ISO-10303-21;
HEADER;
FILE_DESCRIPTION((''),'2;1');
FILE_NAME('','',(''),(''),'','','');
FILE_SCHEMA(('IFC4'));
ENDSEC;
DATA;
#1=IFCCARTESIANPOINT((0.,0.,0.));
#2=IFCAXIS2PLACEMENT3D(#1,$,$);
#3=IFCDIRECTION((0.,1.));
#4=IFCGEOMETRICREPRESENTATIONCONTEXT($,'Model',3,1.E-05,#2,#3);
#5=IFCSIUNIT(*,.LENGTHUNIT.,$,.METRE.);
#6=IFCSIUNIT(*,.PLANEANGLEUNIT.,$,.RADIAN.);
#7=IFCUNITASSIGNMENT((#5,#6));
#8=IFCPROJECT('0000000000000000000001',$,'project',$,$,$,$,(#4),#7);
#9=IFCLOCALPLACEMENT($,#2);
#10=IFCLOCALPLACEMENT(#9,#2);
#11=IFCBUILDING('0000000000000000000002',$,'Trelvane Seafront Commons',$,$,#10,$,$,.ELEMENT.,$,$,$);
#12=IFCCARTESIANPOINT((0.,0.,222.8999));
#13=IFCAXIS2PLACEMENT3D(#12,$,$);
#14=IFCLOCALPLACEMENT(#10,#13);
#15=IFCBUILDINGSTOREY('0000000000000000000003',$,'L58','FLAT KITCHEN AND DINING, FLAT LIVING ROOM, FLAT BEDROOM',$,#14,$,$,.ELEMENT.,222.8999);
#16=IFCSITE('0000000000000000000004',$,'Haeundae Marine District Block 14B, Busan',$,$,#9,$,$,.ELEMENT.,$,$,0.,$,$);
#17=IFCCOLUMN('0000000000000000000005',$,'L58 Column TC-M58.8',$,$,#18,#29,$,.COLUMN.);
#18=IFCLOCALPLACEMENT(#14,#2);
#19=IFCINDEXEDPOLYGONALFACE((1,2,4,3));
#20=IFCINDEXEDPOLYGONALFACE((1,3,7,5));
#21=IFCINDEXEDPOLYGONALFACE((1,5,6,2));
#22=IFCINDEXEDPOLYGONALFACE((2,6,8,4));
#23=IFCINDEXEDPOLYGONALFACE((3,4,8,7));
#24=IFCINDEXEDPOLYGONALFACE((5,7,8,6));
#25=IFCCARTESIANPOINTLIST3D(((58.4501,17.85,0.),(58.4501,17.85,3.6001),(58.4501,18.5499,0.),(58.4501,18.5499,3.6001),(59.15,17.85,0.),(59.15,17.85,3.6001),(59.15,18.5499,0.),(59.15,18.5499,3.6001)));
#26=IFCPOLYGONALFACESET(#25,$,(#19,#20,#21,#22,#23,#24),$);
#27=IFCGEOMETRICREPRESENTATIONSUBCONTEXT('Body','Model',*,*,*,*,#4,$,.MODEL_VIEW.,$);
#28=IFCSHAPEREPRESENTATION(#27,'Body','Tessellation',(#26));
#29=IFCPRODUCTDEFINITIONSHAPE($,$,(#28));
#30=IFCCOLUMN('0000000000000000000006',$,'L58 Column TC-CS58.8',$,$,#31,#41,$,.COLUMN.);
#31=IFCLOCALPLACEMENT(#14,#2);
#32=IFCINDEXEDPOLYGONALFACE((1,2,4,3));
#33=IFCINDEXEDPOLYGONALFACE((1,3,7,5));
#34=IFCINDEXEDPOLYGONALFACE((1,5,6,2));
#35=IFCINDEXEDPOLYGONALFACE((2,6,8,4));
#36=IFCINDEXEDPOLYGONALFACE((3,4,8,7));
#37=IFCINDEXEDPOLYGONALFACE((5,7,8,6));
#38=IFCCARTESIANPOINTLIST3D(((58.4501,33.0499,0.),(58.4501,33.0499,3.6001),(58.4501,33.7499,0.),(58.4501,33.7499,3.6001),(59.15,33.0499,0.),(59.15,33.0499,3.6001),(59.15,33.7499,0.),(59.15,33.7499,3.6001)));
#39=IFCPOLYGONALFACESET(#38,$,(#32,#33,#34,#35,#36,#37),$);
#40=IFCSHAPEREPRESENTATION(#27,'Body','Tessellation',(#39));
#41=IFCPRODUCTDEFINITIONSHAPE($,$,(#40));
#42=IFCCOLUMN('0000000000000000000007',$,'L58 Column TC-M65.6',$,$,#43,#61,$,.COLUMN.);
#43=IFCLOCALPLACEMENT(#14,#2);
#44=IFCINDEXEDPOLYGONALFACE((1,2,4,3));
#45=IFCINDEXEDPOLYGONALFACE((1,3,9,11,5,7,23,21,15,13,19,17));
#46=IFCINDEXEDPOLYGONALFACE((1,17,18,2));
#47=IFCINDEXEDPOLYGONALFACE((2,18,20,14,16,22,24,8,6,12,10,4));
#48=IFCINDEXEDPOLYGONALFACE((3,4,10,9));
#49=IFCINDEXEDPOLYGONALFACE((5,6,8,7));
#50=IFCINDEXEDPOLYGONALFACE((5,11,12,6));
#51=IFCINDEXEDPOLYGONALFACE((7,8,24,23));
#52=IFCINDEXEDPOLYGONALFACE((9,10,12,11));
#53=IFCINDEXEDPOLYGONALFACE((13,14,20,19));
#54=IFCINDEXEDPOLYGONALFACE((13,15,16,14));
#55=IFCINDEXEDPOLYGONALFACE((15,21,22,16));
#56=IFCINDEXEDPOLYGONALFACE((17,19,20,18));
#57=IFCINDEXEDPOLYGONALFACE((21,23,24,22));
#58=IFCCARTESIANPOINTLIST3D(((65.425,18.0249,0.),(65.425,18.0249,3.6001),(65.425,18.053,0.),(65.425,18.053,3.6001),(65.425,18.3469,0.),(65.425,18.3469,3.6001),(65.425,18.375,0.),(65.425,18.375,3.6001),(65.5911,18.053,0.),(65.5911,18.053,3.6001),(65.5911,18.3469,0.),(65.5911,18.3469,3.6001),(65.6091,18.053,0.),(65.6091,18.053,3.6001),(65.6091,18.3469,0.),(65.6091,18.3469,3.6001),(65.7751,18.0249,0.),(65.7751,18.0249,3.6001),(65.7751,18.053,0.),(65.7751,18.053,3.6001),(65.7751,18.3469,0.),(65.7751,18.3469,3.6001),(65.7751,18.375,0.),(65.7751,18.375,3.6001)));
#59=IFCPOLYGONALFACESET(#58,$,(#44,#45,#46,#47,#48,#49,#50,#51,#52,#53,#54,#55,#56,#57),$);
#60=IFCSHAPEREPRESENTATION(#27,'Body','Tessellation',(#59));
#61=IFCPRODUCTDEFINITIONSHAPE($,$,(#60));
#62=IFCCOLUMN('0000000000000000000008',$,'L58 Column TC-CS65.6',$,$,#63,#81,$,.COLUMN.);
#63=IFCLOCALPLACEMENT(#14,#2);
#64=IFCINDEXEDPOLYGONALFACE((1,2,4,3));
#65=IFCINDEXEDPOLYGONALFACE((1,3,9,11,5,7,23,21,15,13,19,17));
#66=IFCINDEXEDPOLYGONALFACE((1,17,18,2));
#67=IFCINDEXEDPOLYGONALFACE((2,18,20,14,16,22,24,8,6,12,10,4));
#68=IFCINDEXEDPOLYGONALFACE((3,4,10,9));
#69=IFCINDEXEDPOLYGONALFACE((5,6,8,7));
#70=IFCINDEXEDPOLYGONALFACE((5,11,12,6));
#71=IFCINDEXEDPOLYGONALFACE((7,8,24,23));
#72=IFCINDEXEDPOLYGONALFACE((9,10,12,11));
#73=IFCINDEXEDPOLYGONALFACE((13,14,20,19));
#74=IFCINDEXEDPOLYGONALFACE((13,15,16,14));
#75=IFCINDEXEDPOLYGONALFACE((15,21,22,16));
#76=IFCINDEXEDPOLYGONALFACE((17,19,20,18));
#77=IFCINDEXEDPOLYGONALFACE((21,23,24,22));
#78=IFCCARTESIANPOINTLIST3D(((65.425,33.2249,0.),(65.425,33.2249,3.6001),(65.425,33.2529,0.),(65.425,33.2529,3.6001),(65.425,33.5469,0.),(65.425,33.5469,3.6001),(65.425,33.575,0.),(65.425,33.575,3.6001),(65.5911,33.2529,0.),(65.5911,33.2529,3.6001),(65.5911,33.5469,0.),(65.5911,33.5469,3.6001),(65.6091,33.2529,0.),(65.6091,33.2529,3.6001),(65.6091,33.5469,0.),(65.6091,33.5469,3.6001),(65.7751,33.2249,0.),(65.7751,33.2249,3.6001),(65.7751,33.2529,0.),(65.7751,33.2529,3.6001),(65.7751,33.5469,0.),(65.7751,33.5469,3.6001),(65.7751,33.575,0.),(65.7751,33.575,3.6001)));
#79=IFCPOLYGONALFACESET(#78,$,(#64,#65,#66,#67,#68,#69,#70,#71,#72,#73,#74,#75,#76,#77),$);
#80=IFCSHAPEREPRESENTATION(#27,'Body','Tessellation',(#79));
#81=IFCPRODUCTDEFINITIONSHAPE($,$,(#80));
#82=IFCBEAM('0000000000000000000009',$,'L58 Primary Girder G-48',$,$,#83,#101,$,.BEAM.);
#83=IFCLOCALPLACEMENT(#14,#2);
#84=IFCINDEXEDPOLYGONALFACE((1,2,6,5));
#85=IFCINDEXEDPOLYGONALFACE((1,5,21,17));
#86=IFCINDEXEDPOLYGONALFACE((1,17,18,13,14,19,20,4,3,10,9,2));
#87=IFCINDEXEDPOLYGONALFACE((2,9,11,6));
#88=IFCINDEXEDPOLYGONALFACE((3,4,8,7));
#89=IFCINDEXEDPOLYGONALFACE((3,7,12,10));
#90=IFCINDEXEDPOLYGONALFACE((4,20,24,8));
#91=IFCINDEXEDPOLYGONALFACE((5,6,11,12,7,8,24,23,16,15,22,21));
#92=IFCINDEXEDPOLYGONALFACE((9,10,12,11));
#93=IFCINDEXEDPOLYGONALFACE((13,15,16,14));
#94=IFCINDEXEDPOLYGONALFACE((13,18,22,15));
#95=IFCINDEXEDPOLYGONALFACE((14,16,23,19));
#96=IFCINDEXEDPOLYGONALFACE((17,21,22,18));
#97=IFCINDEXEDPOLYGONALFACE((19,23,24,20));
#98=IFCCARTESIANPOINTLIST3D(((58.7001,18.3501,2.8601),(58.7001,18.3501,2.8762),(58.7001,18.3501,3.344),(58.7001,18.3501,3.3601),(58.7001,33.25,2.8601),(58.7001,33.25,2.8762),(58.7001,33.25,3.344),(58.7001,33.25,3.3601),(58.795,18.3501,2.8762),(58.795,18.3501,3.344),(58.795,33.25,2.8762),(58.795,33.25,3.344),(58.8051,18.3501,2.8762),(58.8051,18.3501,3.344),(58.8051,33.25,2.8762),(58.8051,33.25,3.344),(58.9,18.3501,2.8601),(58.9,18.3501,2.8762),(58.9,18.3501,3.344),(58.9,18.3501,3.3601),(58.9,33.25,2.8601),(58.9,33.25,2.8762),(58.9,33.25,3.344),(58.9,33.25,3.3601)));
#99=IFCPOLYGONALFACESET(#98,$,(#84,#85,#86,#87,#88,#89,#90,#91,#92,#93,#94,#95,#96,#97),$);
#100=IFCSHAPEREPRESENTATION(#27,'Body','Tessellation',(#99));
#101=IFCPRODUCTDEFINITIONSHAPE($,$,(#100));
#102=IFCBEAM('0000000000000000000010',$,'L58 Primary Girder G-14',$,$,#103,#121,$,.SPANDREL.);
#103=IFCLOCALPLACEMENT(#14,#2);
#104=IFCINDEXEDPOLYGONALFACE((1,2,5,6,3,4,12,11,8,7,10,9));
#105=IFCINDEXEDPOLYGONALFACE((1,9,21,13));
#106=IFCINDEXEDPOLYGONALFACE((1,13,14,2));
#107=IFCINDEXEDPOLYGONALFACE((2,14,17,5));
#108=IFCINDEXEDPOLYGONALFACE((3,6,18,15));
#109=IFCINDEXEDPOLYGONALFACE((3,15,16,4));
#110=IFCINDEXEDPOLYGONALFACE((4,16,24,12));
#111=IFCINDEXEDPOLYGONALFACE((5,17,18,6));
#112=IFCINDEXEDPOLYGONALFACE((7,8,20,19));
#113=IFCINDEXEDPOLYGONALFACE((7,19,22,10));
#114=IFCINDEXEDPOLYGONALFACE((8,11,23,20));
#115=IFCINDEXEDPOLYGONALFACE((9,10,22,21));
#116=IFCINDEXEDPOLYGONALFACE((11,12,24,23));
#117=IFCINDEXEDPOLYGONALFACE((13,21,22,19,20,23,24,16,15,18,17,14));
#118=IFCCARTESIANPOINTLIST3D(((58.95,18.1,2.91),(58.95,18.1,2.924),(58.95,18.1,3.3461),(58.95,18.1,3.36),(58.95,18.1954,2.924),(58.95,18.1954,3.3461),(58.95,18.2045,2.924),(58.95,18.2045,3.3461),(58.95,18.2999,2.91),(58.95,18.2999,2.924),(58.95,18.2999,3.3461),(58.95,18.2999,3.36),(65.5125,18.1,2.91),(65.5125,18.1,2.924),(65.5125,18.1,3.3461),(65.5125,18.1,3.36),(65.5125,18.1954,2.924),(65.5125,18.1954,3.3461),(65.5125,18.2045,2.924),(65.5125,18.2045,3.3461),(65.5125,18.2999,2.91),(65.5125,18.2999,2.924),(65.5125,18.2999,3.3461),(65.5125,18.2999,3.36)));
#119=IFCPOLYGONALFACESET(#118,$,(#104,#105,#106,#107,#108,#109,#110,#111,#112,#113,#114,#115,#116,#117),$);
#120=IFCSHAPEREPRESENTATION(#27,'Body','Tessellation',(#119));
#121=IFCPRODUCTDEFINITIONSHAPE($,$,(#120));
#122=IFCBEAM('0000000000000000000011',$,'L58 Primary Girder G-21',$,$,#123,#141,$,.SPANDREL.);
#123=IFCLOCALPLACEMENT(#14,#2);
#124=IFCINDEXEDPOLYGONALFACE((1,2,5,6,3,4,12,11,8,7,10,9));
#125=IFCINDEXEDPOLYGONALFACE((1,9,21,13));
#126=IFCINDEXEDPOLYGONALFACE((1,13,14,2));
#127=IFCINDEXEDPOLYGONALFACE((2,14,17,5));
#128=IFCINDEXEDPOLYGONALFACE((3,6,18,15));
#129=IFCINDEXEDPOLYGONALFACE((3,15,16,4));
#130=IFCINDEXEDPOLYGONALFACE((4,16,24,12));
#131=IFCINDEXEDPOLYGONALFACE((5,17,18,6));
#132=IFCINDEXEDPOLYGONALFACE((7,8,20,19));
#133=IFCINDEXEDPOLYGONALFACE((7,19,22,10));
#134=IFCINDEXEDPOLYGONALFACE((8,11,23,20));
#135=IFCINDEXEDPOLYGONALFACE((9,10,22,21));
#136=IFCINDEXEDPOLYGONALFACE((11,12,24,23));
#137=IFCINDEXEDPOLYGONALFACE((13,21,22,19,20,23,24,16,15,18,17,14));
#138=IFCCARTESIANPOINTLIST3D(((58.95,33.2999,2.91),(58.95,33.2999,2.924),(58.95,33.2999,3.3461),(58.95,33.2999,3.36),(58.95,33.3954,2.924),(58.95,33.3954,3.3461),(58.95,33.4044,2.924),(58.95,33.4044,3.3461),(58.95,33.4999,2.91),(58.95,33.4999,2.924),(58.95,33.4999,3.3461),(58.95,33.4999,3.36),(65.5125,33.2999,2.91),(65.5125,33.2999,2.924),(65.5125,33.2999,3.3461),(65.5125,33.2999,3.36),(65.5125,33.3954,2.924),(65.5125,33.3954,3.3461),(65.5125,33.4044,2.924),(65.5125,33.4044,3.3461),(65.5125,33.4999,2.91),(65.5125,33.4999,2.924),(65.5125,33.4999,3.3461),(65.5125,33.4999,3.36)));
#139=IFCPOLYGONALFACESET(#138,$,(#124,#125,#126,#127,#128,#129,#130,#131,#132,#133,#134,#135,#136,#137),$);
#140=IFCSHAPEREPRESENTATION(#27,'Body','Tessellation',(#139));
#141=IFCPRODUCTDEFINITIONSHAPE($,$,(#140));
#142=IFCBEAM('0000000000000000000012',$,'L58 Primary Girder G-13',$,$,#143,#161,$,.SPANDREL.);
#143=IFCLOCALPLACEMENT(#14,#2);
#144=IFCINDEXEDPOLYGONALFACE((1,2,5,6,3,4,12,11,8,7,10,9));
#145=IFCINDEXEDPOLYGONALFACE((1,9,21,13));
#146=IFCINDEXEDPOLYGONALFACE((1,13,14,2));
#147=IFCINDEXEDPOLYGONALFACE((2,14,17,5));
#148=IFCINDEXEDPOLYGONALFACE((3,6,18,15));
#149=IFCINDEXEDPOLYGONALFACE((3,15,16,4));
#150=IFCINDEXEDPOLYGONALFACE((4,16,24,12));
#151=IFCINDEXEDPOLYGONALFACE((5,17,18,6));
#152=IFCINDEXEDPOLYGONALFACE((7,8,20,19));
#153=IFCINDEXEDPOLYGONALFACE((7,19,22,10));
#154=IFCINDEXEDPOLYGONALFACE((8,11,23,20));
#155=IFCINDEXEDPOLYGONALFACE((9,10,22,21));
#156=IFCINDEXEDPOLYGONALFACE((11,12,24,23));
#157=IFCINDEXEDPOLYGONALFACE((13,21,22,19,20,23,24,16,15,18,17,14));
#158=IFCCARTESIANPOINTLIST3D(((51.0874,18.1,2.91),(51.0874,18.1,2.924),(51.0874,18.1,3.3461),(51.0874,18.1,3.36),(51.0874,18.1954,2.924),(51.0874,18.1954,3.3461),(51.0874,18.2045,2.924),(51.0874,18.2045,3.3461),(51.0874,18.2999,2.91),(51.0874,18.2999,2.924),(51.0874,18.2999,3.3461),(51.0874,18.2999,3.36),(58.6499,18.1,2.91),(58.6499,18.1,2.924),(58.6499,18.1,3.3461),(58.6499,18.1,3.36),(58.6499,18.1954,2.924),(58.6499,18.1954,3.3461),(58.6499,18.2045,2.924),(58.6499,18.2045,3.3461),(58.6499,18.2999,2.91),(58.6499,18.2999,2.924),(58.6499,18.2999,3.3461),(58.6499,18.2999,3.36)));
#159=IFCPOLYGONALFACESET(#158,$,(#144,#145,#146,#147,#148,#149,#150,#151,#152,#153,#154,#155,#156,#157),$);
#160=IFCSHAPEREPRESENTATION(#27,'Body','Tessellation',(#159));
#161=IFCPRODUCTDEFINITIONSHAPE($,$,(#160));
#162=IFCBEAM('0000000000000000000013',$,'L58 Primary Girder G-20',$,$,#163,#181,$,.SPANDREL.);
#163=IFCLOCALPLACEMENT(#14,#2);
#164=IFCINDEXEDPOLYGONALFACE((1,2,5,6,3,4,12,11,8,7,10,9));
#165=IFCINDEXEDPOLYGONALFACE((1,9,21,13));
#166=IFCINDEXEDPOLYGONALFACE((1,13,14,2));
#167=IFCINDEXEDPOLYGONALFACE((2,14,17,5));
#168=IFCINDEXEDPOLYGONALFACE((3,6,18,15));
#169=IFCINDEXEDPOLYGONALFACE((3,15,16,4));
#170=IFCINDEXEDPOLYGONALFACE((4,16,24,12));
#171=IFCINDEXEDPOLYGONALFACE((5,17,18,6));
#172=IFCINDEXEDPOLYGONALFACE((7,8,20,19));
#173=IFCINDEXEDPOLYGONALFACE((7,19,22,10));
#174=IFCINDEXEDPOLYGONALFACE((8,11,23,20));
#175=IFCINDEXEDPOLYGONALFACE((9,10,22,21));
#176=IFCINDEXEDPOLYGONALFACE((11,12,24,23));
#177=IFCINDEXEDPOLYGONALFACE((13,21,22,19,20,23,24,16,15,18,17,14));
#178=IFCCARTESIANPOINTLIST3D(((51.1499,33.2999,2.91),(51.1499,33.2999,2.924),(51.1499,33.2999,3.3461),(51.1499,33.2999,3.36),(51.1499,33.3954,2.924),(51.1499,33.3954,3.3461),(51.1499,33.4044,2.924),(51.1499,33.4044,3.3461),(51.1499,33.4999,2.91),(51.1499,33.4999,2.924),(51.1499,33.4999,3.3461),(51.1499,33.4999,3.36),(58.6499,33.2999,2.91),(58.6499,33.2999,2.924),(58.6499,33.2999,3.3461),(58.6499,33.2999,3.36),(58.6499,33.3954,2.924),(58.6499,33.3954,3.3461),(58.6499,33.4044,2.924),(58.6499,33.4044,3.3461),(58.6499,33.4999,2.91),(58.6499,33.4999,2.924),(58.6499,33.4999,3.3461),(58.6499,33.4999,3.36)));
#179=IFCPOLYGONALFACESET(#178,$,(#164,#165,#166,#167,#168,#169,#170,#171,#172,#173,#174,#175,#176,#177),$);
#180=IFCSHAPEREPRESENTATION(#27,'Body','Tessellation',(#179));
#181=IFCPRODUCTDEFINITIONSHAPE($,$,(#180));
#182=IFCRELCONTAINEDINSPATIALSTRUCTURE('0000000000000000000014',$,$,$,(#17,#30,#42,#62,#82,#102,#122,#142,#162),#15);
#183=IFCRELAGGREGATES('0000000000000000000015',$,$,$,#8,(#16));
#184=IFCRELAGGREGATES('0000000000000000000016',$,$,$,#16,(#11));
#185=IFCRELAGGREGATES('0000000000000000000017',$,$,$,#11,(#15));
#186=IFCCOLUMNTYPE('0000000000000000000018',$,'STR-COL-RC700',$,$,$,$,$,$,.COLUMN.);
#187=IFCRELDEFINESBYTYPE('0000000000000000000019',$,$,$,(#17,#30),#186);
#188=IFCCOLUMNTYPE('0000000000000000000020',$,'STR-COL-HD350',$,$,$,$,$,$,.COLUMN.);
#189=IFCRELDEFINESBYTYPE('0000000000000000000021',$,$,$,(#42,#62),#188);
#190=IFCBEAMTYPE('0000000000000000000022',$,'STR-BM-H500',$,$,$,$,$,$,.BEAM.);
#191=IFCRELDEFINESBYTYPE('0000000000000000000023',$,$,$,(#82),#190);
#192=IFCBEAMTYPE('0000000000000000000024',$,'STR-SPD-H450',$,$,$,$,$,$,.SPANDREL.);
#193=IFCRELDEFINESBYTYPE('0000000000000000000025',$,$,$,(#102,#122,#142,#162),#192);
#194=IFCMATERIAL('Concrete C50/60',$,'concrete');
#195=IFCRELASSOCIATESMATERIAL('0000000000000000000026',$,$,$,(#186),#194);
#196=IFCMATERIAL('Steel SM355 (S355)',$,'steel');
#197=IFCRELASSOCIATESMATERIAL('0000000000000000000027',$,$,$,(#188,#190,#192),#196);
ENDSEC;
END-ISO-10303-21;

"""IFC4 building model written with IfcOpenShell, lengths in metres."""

from ifc_helpers import new_model, si_unit, direction, frame, origin, origin_2d, place, context, subcontext, project, spatial, rectangle, i_section, extrude, source, transform, mapped, material, material_profile, profile_set, type_object, element, save


model = new_model("IFC4")

# Units and contexts
model_context = context("Model", 3, precision=1e-05, world=origin(), true_north=direction((0.0, 1.0)))
body_context = subcontext(model_context, "Body", "Model", "MODEL_VIEW")
ifc_project = project(units=[si_unit("LENGTHUNIT", "METRE"), si_unit("PLANEANGLEUNIT", "RADIAN")], contexts=[model_context])

# Site, building, storey
site_placement = place(None, origin())
site = spatial("IfcSite", under=ifc_project, at=site_placement, Name="Haeundae Marine District Block 14B, Busan", CompositionType="ELEMENT", RefElevation=0.0)
building_placement = place(site_placement, origin())
building = spatial("IfcBuilding", under=site, at=building_placement, Name="Trelvane Seafront Commons", CompositionType="ELEMENT")
storey_placement = place(building_placement, frame((0.0, 0.0, 222.8999)))
storey = spatial("IfcBuildingStorey", under=building, at=storey_placement, Name="L58", Description="FLAT KITCHEN AND DINING, FLAT LIVING ROOM, FLAT BEDROOM", CompositionType="ELEMENT", Elevation=222.8999)

# Columns
ifc_material_1 = material(Name="Concrete C50/60", Category="concrete")
ifc_material_profile_1 = material_profile(ifc_material_1, rectangle(XDim=0.7, YDim=0.7, at=origin_2d()), Name="RC-700x700")
ifc_profile_set_1 = profile_set([ifc_material_profile_1], Name="Concrete C50/60")
column_type_1 = type_object("IfcColumnType", Name="STR-COL-RC700", PredefinedType="COLUMN", material=ifc_profile_set_1)
shared_shape_1 = source(origin(), body_context, "Body", "SweptSolid", [
    extrude(rectangle(XDim=0.7, YDim=0.7, at=origin_2d()), origin(), (0.0, 0.0, 1.0), 3.6001),
])
for number, where, z_axis, x_axis, name in (
    (1, (58.8, 18.2, 0.0), (0.0, 0.0, 1.0), (1.0, 0.0, 0.0), "L58 Column TC-M58.8"),
    (2, (58.8, 33.3999, 0.0), (0.0, 0.0, 1.0), (1.0, 0.0, 0.0), "L58 Column TC-CS58.8"),
):
    element("IfcColumn", number, at=place(storey_placement, frame(where, z_axis=z_axis, x_axis=x_axis)), inside=storey, type_object=column_type_1, Name=name, PredefinedType="COLUMN", context=body_context, shape_type="MappedRepresentation", body=[
        mapped(shared_shape_1, transform((0.0, 0.0, 0.0), x_axis=(1.0, 0.0, 0.0), y_axis=(0.0, 1.0, 0.0), z_axis=(0.0, 0.0, 1.0), scale=1.0)),
    ])
ifc_material_2 = material(Name="Steel SM355 (S355)", Category="steel")
ifc_material_profile_2 = material_profile(ifc_material_2, i_section(OverallWidth=0.3501, OverallDepth=0.3501, WebThickness=0.0181, FlangeThickness=0.0281, at=origin_2d()), Name="HD-350x350x18x28")
ifc_profile_set_2 = profile_set([ifc_material_profile_2], Name="Steel SM355 (S355)")
column_type_2 = type_object("IfcColumnType", Name="STR-COL-HD350", PredefinedType="COLUMN", material=ifc_profile_set_2)
shared_shape_2 = source(origin(), body_context, "Body", "SweptSolid", [
    extrude(i_section(OverallWidth=0.3501, OverallDepth=0.3501, WebThickness=0.0181, FlangeThickness=0.0281, at=origin_2d()), origin(), (0.0, 0.0, 1.0), 3.6001),
])
for number, where, z_axis, x_axis, name in (
    (3, (65.6001, 18.2, 0.0), (0.0, 0.0, 1.0), (1.0, 0.0, 0.0), "L58 Column TC-M65.6"),
    (4, (65.6001, 33.3999, 0.0), (0.0, 0.0, 1.0), (1.0, 0.0, 0.0), "L58 Column TC-CS65.6"),
):
    element("IfcColumn", number, at=place(storey_placement, frame(where, z_axis=z_axis, x_axis=x_axis)), inside=storey, type_object=column_type_2, Name=name, PredefinedType="COLUMN", context=body_context, shape_type="MappedRepresentation", body=[
        mapped(shared_shape_2, transform((0.0, 0.0, 0.0), x_axis=(1.0, 0.0, 0.0), y_axis=(0.0, 1.0, 0.0), z_axis=(0.0, 0.0, 1.0), scale=1.0)),
    ])

# Beams
ifc_material_profile_3 = material_profile(ifc_material_2, i_section(OverallWidth=0.2, OverallDepth=0.5, WebThickness=0.01, FlangeThickness=0.0161, at=origin_2d()), Name="H-500x200x10x16")
ifc_profile_set_3 = profile_set([ifc_material_profile_3], Name="Steel SM355 (S355)")
beam_type_1 = type_object("IfcBeamType", Name="STR-BM-H500", PredefinedType="BEAM", material=ifc_profile_set_3)
shared_shape_3 = source(origin(), body_context, "Body", "SweptSolid", [
    extrude(i_section(OverallWidth=0.2, OverallDepth=0.5, WebThickness=0.01, FlangeThickness=0.0161, at=origin_2d()), origin(), (0.0, 0.0, 1.0), 14.8999),
])
beam_1_placement = place(storey_placement, frame((58.8, 18.3501, 3.1101), z_axis=(0.0, 1.0, 0.0), x_axis=(-1.0, 0.0, 0.0)))
element("IfcBeam", 5, at=beam_1_placement, inside=storey, type_object=beam_type_1, Name="L58 Primary Girder G-48", PredefinedType="BEAM", context=body_context, shape_type="MappedRepresentation", body=[
    mapped(shared_shape_3, transform((0.0, 0.0, 0.0), x_axis=(1.0, 0.0, 0.0), y_axis=(0.0, 1.0, 0.0), z_axis=(0.0, 0.0, 1.0), scale=1.0)),
])
ifc_material_profile_4 = material_profile(ifc_material_2, i_section(OverallWidth=0.2, OverallDepth=0.45, WebThickness=0.009, FlangeThickness=0.0139, at=origin_2d()), Name="H-450x200x9x14")
ifc_profile_set_4 = profile_set([ifc_material_profile_4], Name="Steel SM355 (S355)")
beam_type_2 = type_object("IfcBeamType", Name="STR-SPD-H450", PredefinedType="SPANDREL", material=ifc_profile_set_4)
shared_shape_4 = source(origin(), body_context, "Body", "SweptSolid", [
    extrude(i_section(OverallWidth=0.2, OverallDepth=0.45, WebThickness=0.009, FlangeThickness=0.0139, at=origin_2d()), origin(), (0.0, 0.0, 1.0), 6.5625),
])
for number, where, z_axis, x_axis, name in (
    (6, (58.95, 18.2, 3.135), (1.0, 0.0, 0.0), (0.0, 1.0, 0.0), "L58 Primary Girder G-14"),
    (7, (58.95, 33.3999, 3.135), (1.0, 0.0, 0.0), (0.0, 1.0, 0.0), "L58 Primary Girder G-21"),
):
    element("IfcBeam", number, at=place(storey_placement, frame(where, z_axis=z_axis, x_axis=x_axis)), inside=storey, type_object=beam_type_2, Name=name, PredefinedType="SPANDREL", context=body_context, shape_type="MappedRepresentation", body=[
        mapped(shared_shape_4, transform((0.0, 0.0, 0.0), x_axis=(1.0, 0.0, 0.0), y_axis=(0.0, 1.0, 0.0), z_axis=(0.0, 0.0, 1.0), scale=1.0)),
    ])
shared_shape_5 = source(origin(), body_context, "Body", "SweptSolid", [
    extrude(i_section(OverallWidth=0.2, OverallDepth=0.45, WebThickness=0.009, FlangeThickness=0.0139, at=origin_2d()), origin(), (0.0, 0.0, 1.0), 7.5625),
])
beam_2_placement = place(storey_placement, frame((51.0874, 18.2, 3.135), z_axis=(1.0, 0.0, 0.0), x_axis=(0.0, 1.0, 0.0)))
element("IfcBeam", 8, at=beam_2_placement, inside=storey, type_object=beam_type_2, Name="L58 Primary Girder G-13", PredefinedType="SPANDREL", context=body_context, shape_type="MappedRepresentation", body=[
    mapped(shared_shape_5, transform((0.0, 0.0, 0.0), x_axis=(1.0, 0.0, 0.0), y_axis=(0.0, 1.0, 0.0), z_axis=(0.0, 0.0, 1.0), scale=1.0)),
])
shared_shape_6 = source(origin(), body_context, "Body", "SweptSolid", [
    extrude(i_section(OverallWidth=0.2, OverallDepth=0.45, WebThickness=0.009, FlangeThickness=0.0139, at=origin_2d()), origin(), (0.0, 0.0, 1.0), 7.5),
])
beam_3_placement = place(storey_placement, frame((51.1499, 33.3999, 3.135), z_axis=(1.0, 0.0, 0.0), x_axis=(0.0, 1.0, 0.0)))
element("IfcBeam", 9, at=beam_3_placement, inside=storey, type_object=beam_type_2, Name="L58 Primary Girder G-20", PredefinedType="SPANDREL", context=body_context, shape_type="MappedRepresentation", body=[
    mapped(shared_shape_6, transform((0.0, 0.0, 0.0), x_axis=(1.0, 0.0, 0.0), y_axis=(0.0, 1.0, 0.0), z_axis=(0.0, 0.0, 1.0), scale=1.0)),
])

save(model, "model.ifc")
